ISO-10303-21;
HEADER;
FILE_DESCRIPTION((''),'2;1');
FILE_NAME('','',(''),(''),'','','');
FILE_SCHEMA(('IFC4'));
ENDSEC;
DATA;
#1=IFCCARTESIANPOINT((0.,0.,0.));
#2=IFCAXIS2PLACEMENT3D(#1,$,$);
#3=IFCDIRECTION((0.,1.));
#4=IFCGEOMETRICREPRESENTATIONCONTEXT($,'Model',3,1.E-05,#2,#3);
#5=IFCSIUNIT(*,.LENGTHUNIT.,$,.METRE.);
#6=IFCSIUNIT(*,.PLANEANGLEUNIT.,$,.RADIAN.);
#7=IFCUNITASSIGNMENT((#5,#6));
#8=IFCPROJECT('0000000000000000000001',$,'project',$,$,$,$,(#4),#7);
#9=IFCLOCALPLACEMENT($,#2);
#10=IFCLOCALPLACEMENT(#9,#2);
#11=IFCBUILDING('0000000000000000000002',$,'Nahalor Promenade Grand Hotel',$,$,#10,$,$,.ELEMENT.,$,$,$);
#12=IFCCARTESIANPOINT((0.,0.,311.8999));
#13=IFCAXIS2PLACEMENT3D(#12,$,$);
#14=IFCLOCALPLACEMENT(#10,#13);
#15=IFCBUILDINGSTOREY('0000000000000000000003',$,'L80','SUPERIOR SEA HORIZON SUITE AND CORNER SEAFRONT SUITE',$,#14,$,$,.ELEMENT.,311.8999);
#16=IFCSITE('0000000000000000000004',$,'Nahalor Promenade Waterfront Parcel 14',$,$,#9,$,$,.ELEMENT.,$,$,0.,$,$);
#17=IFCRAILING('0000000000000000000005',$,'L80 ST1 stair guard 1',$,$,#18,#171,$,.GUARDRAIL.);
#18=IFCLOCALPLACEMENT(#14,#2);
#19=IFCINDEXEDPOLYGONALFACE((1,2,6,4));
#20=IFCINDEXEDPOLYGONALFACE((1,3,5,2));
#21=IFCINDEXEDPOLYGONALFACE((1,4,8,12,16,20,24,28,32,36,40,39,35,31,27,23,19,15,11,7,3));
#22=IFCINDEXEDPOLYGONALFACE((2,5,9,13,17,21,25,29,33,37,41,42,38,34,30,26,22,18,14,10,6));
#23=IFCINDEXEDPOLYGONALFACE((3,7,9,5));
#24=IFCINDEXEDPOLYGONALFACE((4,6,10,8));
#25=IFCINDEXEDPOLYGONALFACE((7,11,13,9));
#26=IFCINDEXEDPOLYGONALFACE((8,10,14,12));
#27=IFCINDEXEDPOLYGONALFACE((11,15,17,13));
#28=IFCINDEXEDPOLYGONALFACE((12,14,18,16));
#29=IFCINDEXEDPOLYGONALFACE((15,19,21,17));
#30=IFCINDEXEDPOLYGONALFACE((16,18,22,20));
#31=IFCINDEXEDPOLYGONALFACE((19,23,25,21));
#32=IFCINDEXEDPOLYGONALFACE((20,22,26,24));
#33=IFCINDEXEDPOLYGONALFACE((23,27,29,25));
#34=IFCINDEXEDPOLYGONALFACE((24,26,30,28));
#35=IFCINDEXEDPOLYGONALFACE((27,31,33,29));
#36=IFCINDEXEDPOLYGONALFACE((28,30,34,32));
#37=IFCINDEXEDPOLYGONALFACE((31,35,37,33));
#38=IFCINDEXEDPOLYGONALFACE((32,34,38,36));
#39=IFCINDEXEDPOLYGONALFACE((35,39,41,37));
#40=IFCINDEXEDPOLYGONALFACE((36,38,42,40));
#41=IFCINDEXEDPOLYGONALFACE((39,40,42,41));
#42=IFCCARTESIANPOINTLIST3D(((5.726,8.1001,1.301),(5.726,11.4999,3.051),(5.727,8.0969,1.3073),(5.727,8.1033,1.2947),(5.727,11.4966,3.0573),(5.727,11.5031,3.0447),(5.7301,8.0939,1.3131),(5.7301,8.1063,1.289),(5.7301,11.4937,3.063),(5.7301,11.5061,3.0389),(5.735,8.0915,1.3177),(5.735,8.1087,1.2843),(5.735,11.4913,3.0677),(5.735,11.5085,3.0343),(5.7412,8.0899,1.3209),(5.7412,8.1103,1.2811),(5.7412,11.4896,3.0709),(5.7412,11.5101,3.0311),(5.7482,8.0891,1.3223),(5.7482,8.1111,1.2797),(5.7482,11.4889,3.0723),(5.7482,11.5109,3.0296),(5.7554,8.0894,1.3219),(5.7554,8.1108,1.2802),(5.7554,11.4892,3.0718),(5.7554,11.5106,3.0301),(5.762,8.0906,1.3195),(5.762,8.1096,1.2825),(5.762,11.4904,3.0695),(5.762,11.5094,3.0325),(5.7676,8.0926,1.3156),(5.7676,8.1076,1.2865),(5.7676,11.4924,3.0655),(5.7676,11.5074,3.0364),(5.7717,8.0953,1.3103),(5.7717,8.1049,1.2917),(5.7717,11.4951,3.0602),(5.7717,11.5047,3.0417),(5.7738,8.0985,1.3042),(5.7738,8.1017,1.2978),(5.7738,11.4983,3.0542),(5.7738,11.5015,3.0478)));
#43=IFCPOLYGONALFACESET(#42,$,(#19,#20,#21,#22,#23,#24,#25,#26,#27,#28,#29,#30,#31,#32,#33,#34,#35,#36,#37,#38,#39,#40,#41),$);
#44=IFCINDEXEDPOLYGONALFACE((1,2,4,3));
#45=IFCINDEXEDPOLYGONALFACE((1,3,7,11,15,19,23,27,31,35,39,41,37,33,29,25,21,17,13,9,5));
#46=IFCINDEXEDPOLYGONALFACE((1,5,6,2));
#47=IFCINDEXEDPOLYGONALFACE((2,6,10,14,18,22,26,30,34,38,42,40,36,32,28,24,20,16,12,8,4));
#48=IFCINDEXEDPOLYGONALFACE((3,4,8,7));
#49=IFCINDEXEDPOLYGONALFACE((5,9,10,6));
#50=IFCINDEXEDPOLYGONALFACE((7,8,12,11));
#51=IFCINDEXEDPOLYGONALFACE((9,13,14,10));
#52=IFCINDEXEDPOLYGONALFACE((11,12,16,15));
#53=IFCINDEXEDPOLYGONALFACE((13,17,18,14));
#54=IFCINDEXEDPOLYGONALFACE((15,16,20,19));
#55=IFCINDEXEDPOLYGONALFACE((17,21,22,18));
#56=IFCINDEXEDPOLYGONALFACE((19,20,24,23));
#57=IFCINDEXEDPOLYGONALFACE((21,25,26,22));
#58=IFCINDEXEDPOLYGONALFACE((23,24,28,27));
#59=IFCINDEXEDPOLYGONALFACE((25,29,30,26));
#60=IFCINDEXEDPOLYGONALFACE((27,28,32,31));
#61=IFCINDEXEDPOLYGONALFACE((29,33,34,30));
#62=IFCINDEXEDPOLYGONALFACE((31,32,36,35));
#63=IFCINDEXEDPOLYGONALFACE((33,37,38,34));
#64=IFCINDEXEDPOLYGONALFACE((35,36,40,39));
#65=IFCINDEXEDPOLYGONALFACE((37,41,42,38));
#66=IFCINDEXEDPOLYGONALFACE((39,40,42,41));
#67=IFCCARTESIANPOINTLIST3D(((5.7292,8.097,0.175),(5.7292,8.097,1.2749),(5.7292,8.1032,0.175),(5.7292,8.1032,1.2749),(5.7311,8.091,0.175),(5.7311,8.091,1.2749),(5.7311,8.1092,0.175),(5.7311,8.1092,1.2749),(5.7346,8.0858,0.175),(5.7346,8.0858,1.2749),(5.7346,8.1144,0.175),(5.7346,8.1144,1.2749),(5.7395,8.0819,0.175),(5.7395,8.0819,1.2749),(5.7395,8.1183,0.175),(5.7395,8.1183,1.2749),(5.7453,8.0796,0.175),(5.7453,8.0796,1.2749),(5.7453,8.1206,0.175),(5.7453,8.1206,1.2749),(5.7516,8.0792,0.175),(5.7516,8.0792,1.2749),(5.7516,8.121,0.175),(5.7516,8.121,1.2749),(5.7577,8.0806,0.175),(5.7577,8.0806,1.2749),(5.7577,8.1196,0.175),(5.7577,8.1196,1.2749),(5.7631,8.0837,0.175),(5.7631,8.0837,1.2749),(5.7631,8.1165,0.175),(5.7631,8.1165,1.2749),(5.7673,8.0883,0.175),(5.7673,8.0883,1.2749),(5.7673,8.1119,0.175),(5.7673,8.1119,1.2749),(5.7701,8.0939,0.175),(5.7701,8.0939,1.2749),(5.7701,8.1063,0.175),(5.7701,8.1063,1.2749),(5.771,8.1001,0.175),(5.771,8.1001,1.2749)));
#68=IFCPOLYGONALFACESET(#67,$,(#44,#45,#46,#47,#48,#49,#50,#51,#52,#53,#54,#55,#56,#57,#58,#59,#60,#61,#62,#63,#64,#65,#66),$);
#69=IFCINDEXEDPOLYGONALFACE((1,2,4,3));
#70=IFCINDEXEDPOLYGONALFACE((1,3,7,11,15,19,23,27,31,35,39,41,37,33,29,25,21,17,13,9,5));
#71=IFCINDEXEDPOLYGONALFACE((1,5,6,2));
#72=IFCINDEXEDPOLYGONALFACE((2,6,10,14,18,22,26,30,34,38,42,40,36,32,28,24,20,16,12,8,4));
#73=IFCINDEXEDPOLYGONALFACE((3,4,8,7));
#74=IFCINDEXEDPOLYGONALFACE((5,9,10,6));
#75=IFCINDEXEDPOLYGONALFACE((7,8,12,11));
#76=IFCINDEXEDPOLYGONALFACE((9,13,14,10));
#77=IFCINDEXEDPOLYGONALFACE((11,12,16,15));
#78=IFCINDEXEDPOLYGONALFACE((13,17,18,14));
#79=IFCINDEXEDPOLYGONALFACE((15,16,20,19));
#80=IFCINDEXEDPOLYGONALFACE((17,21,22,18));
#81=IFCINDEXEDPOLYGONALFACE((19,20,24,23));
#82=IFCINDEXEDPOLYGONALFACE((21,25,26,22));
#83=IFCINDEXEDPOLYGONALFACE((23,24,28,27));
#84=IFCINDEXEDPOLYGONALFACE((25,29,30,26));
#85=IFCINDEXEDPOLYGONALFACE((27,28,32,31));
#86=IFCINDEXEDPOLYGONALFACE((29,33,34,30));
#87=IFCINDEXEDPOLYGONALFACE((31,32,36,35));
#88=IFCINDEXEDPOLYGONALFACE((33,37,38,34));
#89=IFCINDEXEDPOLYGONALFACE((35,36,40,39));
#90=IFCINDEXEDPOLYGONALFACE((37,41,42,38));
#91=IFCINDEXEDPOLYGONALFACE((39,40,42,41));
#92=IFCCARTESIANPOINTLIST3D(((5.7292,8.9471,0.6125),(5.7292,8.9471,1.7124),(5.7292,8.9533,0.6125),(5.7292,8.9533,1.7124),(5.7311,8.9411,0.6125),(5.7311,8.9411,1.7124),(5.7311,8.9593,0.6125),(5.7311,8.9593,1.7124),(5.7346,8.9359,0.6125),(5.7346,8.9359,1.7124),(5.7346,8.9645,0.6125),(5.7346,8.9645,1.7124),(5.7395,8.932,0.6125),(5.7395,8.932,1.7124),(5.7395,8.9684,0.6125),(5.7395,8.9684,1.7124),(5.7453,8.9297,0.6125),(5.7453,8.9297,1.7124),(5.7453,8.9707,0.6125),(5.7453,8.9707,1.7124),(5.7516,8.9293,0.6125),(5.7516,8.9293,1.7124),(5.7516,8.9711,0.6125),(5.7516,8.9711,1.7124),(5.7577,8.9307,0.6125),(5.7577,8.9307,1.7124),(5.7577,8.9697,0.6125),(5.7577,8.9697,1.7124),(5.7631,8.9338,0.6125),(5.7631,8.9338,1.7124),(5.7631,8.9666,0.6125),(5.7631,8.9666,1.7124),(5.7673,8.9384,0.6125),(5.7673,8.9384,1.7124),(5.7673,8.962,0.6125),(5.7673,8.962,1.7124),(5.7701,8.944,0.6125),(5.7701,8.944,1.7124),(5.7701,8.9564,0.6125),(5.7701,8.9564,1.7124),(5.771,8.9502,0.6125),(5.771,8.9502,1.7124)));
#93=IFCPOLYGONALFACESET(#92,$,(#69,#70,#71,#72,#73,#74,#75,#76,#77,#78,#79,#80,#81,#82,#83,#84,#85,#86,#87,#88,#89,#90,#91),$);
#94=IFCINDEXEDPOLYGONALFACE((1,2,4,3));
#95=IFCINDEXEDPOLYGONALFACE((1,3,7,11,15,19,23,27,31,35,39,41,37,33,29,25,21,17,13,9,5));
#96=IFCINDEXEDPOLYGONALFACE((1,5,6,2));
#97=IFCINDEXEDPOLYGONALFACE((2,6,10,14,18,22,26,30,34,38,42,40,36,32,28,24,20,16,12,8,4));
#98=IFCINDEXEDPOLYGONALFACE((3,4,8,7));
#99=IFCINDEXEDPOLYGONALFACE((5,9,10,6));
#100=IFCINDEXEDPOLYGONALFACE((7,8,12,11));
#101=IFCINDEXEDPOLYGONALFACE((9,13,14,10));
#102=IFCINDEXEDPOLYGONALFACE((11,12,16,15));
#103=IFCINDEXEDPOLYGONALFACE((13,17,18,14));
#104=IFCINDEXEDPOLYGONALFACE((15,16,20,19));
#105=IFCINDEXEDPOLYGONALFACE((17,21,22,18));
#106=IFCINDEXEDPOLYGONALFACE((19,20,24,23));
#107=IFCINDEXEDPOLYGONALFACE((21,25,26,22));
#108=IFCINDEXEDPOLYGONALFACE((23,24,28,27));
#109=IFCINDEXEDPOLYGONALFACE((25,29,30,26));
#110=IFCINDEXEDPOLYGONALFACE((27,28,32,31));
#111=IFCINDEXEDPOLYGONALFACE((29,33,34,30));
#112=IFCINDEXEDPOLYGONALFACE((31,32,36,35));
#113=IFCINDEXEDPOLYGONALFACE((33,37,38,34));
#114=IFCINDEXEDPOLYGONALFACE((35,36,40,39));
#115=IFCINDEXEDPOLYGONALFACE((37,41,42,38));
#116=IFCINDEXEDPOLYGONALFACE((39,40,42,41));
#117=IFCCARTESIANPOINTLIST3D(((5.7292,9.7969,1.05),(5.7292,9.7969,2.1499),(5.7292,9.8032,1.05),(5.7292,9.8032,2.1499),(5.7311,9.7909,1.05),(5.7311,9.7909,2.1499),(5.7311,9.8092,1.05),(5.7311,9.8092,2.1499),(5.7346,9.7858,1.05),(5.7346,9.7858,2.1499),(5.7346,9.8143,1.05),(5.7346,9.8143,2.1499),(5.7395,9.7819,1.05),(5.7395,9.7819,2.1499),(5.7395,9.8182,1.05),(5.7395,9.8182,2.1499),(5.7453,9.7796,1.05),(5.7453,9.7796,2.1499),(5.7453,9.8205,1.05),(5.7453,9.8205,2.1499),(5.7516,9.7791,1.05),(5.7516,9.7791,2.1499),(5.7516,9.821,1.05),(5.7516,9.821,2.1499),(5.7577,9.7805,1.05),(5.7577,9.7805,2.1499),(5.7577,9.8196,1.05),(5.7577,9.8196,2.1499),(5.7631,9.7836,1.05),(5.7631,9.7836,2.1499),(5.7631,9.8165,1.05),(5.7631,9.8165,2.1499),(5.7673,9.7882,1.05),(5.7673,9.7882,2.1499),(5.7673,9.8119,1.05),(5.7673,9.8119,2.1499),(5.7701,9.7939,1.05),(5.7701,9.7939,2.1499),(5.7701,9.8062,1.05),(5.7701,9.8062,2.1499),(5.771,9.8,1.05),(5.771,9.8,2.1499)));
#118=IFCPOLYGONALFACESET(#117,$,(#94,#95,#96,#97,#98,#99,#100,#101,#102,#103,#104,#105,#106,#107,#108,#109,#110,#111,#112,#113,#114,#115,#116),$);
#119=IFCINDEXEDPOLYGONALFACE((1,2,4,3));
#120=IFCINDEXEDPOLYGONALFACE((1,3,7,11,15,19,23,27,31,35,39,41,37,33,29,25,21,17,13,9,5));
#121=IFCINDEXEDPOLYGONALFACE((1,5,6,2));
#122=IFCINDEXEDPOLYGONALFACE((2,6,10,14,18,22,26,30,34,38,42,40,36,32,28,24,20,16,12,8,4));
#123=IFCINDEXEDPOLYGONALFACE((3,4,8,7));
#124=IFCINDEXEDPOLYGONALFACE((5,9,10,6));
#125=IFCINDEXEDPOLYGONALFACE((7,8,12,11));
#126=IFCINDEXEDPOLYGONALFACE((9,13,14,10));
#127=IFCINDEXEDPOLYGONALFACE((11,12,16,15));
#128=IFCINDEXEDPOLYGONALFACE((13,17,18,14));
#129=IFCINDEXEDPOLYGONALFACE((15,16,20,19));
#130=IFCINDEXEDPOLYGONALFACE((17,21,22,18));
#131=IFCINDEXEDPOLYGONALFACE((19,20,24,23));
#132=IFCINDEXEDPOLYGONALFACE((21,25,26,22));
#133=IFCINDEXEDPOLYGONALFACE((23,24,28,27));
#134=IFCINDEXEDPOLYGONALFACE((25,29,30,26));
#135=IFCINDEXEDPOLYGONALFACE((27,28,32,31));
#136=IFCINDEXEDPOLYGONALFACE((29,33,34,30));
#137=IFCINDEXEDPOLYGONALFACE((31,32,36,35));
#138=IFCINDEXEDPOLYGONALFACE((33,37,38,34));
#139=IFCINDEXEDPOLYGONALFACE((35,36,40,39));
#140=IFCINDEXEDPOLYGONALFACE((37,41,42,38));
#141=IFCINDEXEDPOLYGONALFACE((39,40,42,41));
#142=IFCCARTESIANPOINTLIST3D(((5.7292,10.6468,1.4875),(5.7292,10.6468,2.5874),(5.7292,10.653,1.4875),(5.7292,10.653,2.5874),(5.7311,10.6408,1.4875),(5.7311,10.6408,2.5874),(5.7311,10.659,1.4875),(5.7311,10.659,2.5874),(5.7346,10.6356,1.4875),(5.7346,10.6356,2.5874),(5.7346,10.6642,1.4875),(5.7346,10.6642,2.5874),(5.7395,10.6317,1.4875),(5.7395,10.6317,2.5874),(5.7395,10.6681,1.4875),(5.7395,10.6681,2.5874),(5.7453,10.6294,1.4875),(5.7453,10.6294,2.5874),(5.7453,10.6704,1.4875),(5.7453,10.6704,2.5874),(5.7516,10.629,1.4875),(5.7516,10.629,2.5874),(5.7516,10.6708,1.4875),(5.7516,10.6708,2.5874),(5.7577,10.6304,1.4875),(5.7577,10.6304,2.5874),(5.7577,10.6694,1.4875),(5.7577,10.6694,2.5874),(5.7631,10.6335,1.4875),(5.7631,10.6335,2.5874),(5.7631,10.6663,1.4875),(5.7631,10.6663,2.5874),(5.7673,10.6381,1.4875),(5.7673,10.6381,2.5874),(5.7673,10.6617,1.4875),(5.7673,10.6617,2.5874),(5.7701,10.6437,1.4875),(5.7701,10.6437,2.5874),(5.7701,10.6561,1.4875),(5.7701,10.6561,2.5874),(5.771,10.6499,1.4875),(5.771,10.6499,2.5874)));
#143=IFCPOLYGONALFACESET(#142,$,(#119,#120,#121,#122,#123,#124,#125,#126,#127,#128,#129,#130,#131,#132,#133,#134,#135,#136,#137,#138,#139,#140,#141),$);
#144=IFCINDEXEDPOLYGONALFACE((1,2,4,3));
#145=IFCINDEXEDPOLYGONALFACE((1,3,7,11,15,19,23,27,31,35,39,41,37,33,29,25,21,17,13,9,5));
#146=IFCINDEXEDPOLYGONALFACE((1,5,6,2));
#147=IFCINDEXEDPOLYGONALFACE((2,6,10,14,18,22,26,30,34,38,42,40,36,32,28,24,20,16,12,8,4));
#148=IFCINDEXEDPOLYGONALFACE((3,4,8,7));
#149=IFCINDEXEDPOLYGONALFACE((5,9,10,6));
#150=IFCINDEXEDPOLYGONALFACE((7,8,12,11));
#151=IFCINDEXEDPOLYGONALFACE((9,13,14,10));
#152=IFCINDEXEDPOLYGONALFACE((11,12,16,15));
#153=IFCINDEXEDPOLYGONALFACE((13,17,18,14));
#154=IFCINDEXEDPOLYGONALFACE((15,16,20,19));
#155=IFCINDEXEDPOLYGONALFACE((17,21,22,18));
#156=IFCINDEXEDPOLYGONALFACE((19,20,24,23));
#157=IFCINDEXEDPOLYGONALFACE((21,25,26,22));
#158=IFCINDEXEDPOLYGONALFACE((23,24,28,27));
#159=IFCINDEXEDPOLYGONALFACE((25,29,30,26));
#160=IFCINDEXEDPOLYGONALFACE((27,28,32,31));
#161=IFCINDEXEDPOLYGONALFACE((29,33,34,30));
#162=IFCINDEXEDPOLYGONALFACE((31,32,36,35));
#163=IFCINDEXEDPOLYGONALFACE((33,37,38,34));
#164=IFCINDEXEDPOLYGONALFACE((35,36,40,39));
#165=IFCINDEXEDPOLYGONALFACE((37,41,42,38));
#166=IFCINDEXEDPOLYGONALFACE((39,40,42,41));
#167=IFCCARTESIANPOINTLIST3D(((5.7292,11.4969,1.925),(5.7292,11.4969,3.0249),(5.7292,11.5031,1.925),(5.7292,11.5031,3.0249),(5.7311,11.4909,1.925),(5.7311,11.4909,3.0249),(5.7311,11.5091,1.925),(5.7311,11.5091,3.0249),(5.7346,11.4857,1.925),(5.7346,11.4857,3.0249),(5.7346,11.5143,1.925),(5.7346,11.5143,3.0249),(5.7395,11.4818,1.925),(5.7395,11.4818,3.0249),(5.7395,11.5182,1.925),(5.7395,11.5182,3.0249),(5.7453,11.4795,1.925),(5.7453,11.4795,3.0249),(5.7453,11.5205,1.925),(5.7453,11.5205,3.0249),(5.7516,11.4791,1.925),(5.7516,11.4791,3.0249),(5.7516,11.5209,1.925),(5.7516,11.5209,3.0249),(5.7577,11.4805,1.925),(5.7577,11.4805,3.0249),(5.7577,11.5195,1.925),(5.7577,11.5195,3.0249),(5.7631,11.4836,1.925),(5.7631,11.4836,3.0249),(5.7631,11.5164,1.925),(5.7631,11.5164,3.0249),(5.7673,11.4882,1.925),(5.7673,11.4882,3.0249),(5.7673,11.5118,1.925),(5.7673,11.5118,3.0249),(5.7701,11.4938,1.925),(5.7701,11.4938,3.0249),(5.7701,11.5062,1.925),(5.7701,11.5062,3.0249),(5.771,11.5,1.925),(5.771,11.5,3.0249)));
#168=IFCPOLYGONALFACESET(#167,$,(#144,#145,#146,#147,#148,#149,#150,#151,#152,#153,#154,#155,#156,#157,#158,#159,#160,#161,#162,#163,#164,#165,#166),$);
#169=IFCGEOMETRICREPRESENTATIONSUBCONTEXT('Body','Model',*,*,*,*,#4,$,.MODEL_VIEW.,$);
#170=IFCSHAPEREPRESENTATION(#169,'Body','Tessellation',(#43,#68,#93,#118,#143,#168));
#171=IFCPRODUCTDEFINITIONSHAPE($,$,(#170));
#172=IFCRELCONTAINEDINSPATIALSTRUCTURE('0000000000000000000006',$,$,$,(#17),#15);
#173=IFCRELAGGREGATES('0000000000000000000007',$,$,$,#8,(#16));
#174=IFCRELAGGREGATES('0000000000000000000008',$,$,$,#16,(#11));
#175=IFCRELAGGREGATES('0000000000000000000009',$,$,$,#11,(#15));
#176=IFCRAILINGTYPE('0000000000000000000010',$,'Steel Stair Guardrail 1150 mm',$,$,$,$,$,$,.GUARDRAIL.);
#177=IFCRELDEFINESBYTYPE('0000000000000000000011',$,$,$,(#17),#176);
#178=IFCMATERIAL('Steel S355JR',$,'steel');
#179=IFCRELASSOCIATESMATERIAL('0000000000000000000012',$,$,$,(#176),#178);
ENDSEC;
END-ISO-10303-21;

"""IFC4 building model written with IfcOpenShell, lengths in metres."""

from ifc_helpers import new_model, si_unit, direction, frame, origin, origin_2d, place, context, subcontext, project, spatial, circle, extrude, material, type_object, element, save


model = new_model("IFC4")

# Units and contexts
model_context = context("Model", 3, precision=1e-05, world=origin(), true_north=direction((0.0, 1.0)))
body_context = subcontext(model_context, "Body", "Model", "MODEL_VIEW")
ifc_project = project(units=[si_unit("LENGTHUNIT", "METRE"), si_unit("PLANEANGLEUNIT", "RADIAN")], contexts=[model_context])

# Site, building, storey
site_placement = place(None, origin())
site = spatial("IfcSite", under=ifc_project, at=site_placement, Name="Nahalor Promenade Waterfront Parcel 14", CompositionType="ELEMENT", RefElevation=0.0)
building_placement = place(site_placement, origin())
building = spatial("IfcBuilding", under=site, at=building_placement, Name="Nahalor Promenade Grand Hotel", CompositionType="ELEMENT")
storey_placement = place(building_placement, frame((0.0, 0.0, 311.8999)))
storey = spatial("IfcBuildingStorey", under=building, at=storey_placement, Name="L80", Description="SUPERIOR SEA HORIZON SUITE AND CORNER SEAFRONT SUITE", CompositionType="ELEMENT", Elevation=311.8999)

# Shared definitions
ifc_material_1 = material(Name="Steel S355JR", Category="steel")

# Railing
railing_type_1 = type_object("IfcRailingType", Name="Steel Stair Guardrail 1150 mm", PredefinedType="GUARDRAIL", material=ifc_material_1)
railing_1_placement = place(storey_placement, frame((5.75, 8.1001, 0.175)))
element("IfcRailing", 1, at=railing_1_placement, inside=storey, type_object=railing_type_1, Name="L80 ST1 stair guard 1", PredefinedType="GUARDRAIL", context=body_context, shape_type="SweptSolid", body=[
    extrude(circle(Radius=0.024, at=origin_2d()), frame((0.0, 0.0, 1.126), z_axis=(0.0, 0.88913, 0.457654), x_axis=(-1.0, 0.0, 0.0)), (0.0, 0.0, 1.0), 3.8237),
    extrude(circle(Radius=0.021, at=origin_2d()), origin(), (0.0, 0.0, 1.0), 1.0999),
    extrude(circle(Radius=0.021, at=origin_2d()), frame((0.0, 0.8501, 0.4375)), (0.0, 0.0, 1.0), 1.0999),
    extrude(circle(Radius=0.021, at=origin_2d()), frame((0.0, 1.7, 0.875)), (0.0, 0.0, 1.0), 1.0999),
    extrude(circle(Radius=0.021, at=origin_2d()), frame((0.0, 2.5498, 1.3125)), (0.0, 0.0, 1.0), 1.0999),
    extrude(circle(Radius=0.021, at=origin_2d()), frame((0.0, 3.3999, 1.75)), (0.0, 0.0, 1.0), 1.0999),
])

save(model, "model.ifc")
